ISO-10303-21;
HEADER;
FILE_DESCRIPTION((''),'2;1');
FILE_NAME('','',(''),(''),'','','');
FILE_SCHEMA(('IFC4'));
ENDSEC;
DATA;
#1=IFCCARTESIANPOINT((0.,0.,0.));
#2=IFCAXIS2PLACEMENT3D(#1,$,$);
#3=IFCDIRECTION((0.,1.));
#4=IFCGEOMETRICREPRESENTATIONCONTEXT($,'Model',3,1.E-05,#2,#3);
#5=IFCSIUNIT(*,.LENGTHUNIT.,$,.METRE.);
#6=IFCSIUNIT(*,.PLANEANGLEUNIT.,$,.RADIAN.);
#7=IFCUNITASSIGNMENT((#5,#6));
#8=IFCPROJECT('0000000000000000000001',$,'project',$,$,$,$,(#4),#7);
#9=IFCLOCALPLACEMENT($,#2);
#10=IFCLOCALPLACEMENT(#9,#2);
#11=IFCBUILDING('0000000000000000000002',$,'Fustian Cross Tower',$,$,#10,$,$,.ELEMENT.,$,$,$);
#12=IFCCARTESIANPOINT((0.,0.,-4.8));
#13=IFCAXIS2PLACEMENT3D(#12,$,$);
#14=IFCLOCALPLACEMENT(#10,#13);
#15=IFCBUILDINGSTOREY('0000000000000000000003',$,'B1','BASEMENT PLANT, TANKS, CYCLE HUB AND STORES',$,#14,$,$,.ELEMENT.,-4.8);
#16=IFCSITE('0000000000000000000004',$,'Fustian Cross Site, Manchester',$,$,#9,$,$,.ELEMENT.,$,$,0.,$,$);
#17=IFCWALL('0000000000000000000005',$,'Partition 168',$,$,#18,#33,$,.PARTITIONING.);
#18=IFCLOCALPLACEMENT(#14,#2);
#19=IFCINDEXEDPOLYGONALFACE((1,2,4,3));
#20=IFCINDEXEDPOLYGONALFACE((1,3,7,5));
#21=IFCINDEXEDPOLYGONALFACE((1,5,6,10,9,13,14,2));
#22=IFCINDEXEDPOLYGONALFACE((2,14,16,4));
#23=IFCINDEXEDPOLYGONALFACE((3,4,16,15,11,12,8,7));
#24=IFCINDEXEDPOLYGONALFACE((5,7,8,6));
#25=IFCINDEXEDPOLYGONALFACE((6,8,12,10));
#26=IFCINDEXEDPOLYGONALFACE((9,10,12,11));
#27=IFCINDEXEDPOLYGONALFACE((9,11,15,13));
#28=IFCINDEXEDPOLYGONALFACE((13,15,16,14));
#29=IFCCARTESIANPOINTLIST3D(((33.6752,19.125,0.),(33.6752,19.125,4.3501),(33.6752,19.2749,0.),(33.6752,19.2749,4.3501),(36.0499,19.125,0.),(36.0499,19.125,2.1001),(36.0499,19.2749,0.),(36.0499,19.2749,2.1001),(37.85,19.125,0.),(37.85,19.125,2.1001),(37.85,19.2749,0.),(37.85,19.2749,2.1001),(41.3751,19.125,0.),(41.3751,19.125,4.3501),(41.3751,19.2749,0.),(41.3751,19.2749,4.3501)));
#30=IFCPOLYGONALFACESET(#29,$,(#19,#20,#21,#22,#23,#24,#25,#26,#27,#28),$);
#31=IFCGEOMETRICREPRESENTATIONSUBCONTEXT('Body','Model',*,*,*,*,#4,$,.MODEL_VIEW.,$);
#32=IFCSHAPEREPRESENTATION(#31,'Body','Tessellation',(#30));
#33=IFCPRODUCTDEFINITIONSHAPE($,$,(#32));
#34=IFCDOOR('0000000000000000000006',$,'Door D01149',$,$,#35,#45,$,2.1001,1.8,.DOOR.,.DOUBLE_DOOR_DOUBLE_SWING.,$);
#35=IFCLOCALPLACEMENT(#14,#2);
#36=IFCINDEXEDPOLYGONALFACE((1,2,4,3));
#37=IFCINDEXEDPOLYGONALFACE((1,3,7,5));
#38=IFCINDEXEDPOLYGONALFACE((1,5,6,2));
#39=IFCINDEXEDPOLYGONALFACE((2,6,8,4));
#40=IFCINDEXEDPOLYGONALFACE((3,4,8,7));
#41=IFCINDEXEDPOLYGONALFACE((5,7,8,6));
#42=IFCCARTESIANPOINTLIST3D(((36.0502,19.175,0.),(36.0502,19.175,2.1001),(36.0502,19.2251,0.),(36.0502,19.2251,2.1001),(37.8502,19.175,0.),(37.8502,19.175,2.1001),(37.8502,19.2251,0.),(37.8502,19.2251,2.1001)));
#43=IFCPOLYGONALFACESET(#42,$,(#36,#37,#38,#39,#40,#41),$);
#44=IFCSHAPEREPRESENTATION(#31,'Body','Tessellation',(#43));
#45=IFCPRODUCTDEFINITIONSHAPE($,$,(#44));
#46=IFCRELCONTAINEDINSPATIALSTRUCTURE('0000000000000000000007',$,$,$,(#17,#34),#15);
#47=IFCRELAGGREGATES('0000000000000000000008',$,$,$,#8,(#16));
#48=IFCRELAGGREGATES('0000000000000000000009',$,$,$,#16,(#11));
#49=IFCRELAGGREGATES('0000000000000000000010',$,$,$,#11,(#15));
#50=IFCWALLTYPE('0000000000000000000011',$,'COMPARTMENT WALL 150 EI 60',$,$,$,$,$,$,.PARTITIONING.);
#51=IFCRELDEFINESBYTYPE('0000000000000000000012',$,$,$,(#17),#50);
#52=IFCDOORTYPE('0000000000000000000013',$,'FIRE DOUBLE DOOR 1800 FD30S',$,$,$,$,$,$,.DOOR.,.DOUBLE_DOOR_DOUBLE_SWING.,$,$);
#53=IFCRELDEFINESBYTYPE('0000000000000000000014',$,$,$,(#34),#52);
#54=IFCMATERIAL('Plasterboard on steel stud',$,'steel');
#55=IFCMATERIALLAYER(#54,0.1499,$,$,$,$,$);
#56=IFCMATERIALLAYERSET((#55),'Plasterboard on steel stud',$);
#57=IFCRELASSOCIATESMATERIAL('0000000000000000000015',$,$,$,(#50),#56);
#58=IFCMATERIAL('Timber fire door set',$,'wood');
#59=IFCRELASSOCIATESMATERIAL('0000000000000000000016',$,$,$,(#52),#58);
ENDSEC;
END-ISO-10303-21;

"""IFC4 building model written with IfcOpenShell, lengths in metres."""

from ifc_helpers import new_model, si_unit, direction, frame, frame_2d, origin, place, context, subcontext, project, spatial, rectangle, extrude, material, layer, layer_set, type_object, element, fill, save


model = new_model("IFC4")

# Units and contexts
model_context = context("Model", 3, precision=1e-05, world=origin(), true_north=direction((0.0, 1.0)))
body_context = subcontext(model_context, "Body", "Model", "MODEL_VIEW")
ifc_project = project(units=[si_unit("LENGTHUNIT", "METRE"), si_unit("PLANEANGLEUNIT", "RADIAN")], contexts=[model_context])

# Site, building, storey
site_placement = place(None, origin())
site = spatial("IfcSite", under=ifc_project, at=site_placement, Name="Fustian Cross Site, Manchester", CompositionType="ELEMENT", RefElevation=0.0)
building_placement = place(site_placement, origin())
building = spatial("IfcBuilding", under=site, at=building_placement, Name="Fustian Cross Tower", CompositionType="ELEMENT")
storey_placement = place(building_placement, frame((0.0, 0.0, -4.8)))
storey = spatial("IfcBuildingStorey", under=building, at=storey_placement, Name="B1", Description="BASEMENT PLANT, TANKS, CYCLE HUB AND STORES", CompositionType="ELEMENT", Elevation=-4.8)

# Shared definitions
ifc_material_1 = material(Name="Plasterboard on steel stud", Category="steel")
ifc_layer = layer(ifc_material_1, 0.1499)
ifc_layer_set = layer_set([ifc_layer], Name="Plasterboard on steel stud")
wall_type = type_object("IfcWallType", Name="COMPARTMENT WALL 150 EI 60", PredefinedType="PARTITIONING", material=ifc_layer_set)
ifc_material_2 = material(Name="Timber fire door set", Category="wood")
door_type_1 = type_object("IfcDoorType", Name="FIRE DOUBLE DOOR 1800 FD30S", OperationType="DOUBLE_DOOR_DOUBLE_SWING", PredefinedType="DOOR", material=ifc_material_2)

# Wall, opening, door
wall_1_placement = place(storey_placement, frame((33.675, 19.2, 0.0), z_axis=(0.0, 0.0, 1.0), x_axis=(1.0, 0.0, 0.0)))
wall_1 = element("IfcWall", 1, at=wall_1_placement, inside=storey, type_object=wall_type, Name="Partition 168", PredefinedType="PARTITIONING", context=body_context, shape_type="SweptSolid", body=[
    extrude(rectangle(XDim=7.7, YDim=0.1499, at=frame_2d((3.8501, 0.0))), origin(), (0.0, 0.0, 1.0), 4.3501),
])
opening_1_placement = place(wall_1_placement, frame((2.375, 0.0, 0.0)))
opening_1 = element("IfcOpeningElement", 2, at=opening_1_placement, cuts=wall_1, PredefinedType="OPENING", context=body_context, shape_type="SweptSolid", body=[
    extrude(rectangle(XDim=1.8, YDim=2.1001, at=frame_2d((0.8999, 1.05))), frame((0.0, 0.085, 0.0), z_axis=(0.0, -1.0, 0.0), x_axis=(1.0, 0.0, 0.0)), (0.0, 0.0, 1.0), 0.1699),
])
door_1_placement = place(opening_1_placement, frame((1.8, 0.0, 0.0), z_axis=(0.0, 0.0, 1.0), x_axis=(-1.0, 0.0, 0.0)))
door_1 = element("IfcDoor", 3, at=door_1_placement, inside=storey, type_object=door_type_1, Name="Door D01149", OperationType="DOUBLE_DOOR_DOUBLE_SWING", OverallHeight=2.1001, OverallWidth=1.8, PredefinedType="DOOR", context=body_context, shape_type="SweptSolid", body=[
    extrude(rectangle(XDim=1.8, YDim=2.1001, at=frame_2d((0.8999, 1.05))), frame((0.0, 0.0249, 0.0), z_axis=(0.0, -1.0, 0.0), x_axis=(1.0, 0.0, 0.0)), (0.0, 0.0, 1.0), 0.05),
])
fill(opening_1, door_1)

save(model, "model.ifc")
